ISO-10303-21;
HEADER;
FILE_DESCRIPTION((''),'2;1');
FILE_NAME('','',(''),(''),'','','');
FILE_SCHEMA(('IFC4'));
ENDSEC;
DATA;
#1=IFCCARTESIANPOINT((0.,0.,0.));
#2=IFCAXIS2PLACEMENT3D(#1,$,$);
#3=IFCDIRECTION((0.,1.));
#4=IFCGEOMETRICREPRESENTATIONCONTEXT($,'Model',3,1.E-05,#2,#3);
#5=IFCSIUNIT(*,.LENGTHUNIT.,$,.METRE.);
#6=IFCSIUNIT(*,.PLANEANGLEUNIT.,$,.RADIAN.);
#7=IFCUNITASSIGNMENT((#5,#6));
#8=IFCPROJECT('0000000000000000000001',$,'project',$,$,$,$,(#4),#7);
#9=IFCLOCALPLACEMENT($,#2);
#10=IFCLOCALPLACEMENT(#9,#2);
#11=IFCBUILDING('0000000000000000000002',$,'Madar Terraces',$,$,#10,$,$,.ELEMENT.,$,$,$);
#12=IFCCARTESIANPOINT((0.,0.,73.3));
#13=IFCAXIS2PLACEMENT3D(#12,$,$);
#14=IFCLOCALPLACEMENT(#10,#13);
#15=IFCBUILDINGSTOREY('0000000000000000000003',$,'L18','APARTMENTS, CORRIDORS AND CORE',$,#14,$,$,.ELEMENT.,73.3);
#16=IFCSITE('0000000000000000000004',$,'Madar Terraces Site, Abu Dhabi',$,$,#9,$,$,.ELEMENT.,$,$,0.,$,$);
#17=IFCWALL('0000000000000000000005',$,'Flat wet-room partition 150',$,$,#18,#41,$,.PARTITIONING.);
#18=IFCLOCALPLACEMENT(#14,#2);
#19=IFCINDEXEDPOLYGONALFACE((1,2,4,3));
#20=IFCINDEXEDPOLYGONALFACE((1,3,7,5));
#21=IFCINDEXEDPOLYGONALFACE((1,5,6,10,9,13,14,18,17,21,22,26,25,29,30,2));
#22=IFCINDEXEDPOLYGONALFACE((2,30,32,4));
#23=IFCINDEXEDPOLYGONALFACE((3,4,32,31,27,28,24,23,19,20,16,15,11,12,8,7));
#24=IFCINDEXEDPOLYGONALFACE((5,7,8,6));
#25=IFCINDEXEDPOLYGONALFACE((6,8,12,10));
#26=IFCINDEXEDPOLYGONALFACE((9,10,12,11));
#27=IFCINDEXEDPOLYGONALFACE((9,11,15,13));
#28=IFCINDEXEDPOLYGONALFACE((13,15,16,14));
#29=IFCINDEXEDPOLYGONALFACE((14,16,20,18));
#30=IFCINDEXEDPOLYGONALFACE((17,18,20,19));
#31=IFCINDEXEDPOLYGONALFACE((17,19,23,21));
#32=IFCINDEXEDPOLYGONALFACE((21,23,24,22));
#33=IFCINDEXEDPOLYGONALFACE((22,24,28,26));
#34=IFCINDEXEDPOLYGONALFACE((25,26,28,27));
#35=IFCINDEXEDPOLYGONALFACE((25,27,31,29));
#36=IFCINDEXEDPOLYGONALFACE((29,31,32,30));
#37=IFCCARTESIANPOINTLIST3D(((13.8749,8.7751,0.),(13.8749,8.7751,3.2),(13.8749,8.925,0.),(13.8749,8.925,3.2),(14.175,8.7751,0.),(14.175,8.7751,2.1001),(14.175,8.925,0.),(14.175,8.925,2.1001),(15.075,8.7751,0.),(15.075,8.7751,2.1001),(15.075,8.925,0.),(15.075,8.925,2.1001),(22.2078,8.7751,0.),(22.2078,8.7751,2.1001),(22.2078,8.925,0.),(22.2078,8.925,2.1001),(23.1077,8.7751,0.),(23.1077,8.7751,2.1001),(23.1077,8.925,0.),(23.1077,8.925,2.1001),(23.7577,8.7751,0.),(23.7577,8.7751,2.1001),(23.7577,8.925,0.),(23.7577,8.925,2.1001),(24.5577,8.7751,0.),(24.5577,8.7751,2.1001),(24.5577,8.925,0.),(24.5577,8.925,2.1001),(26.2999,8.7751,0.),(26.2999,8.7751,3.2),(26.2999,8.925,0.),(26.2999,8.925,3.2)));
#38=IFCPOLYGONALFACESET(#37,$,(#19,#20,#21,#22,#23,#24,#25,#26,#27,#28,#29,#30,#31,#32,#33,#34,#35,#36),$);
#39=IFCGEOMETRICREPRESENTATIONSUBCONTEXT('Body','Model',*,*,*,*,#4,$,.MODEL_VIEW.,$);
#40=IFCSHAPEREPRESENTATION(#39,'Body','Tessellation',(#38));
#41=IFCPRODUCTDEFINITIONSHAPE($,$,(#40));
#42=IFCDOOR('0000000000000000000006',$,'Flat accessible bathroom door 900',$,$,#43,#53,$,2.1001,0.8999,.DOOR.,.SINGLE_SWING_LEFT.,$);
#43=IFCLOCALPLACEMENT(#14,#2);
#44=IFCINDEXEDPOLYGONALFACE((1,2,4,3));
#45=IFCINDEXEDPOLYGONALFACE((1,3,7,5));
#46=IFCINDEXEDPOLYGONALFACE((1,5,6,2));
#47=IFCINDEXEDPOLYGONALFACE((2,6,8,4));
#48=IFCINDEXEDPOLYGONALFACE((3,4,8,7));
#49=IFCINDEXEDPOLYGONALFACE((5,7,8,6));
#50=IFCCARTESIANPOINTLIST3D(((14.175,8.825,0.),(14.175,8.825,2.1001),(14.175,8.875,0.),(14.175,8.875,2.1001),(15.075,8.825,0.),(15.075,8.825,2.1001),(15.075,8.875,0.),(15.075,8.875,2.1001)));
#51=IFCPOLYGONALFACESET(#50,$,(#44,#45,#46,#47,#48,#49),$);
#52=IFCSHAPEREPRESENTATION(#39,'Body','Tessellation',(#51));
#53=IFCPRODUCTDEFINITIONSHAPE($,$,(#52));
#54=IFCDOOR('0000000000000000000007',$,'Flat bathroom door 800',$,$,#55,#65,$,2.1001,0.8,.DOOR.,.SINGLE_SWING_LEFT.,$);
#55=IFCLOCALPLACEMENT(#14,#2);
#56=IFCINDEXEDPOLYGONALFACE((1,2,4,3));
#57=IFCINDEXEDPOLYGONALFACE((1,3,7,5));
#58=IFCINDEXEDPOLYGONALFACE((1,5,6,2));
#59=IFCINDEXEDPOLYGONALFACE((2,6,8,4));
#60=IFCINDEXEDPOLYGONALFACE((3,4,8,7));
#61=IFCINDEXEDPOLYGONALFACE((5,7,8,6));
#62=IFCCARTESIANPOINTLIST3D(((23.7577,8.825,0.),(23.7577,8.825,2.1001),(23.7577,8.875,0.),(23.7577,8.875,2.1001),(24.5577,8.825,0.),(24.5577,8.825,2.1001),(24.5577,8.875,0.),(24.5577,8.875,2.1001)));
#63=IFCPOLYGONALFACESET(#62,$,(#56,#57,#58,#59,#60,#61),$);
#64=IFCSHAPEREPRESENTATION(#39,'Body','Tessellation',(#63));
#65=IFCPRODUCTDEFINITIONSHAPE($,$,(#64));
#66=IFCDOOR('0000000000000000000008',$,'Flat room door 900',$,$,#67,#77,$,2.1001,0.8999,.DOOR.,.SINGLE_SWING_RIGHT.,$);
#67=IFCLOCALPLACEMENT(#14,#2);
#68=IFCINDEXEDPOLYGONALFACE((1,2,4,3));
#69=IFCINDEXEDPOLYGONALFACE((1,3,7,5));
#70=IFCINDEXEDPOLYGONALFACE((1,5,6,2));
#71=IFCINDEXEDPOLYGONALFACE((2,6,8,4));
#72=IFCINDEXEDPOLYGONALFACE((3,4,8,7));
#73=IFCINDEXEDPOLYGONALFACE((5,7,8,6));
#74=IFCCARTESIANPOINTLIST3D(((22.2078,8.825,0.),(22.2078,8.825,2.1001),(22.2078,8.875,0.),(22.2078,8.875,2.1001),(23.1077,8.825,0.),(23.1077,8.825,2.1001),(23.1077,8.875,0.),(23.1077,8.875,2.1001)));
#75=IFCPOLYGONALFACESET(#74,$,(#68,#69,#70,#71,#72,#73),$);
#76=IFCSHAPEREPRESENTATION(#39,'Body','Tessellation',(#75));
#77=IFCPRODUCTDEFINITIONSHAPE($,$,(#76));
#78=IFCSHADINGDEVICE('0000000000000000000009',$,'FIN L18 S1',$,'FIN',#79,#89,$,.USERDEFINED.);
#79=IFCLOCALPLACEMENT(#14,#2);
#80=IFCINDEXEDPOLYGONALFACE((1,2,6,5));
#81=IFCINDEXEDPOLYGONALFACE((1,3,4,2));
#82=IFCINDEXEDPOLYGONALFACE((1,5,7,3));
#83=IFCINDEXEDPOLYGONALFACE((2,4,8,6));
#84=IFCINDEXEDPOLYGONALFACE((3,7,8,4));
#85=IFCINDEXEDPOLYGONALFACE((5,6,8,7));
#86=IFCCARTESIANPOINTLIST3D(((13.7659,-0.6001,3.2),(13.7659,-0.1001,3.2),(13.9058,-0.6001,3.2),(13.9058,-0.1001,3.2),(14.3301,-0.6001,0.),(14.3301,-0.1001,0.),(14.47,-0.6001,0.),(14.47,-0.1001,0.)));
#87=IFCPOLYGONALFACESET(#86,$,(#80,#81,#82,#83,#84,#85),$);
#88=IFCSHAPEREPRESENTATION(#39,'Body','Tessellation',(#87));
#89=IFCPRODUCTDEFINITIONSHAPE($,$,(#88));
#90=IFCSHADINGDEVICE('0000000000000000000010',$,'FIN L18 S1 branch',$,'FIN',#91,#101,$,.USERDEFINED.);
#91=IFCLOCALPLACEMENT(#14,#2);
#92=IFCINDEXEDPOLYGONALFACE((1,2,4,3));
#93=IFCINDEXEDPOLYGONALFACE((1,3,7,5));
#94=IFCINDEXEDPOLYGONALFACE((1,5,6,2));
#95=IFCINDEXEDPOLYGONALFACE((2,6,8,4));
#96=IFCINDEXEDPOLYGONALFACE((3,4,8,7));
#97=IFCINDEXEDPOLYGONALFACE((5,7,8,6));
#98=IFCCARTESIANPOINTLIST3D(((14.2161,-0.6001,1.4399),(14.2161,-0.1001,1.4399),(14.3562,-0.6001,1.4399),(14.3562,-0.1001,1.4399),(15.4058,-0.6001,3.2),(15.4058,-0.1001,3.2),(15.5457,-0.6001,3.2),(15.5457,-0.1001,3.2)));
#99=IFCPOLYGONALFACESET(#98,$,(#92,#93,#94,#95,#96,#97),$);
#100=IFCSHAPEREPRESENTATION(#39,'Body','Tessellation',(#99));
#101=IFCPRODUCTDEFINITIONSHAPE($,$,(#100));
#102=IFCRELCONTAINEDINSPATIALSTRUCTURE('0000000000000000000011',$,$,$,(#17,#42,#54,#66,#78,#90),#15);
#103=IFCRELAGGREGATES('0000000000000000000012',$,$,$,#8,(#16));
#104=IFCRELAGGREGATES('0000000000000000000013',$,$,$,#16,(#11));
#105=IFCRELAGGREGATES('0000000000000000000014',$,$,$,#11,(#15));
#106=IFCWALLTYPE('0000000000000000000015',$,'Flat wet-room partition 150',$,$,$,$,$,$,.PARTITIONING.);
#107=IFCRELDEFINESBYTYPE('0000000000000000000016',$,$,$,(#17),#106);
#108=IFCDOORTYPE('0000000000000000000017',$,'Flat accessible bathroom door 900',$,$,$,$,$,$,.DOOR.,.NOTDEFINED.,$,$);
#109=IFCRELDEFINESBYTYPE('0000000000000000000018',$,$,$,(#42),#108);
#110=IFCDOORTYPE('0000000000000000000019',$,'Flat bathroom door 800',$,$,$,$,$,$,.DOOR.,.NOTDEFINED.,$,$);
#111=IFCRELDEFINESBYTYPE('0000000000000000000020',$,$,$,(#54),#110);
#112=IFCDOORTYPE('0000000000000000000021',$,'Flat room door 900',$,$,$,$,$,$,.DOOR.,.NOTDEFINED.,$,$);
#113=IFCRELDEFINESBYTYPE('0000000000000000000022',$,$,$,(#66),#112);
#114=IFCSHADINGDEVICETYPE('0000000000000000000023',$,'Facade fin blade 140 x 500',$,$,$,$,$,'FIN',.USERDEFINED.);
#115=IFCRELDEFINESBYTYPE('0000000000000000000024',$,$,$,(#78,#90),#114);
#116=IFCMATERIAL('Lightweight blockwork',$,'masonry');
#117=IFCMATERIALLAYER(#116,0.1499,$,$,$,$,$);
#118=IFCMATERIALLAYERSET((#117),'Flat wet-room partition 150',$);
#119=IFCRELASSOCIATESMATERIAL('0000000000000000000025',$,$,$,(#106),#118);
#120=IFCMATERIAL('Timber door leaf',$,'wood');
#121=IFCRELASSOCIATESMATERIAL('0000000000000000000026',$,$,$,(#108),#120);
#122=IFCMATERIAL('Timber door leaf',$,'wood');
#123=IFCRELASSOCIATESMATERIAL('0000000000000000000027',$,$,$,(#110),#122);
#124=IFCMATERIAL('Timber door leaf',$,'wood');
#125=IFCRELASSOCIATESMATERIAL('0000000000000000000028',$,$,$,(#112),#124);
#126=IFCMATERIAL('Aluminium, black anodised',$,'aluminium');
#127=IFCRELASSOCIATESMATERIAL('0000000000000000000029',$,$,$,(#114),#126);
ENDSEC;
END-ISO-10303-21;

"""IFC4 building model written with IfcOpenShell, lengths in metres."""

from ifc_helpers import new_model, si_unit, direction, frame, frame_2d, origin, place, context, subcontext, project, spatial, polyline, rectangle, outline, extrude, material, layer, layer_set, type_object, element, fill, save


model = new_model("IFC4")

# Units and contexts
model_context = context("Model", 3, precision=1e-05, world=origin(), true_north=direction((0.0, 1.0)))
body_context = subcontext(model_context, "Body", "Model", "MODEL_VIEW")
ifc_project = project(units=[si_unit("LENGTHUNIT", "METRE"), si_unit("PLANEANGLEUNIT", "RADIAN")], contexts=[model_context])

# Site, building, storey
site_placement = place(None, origin())
site = spatial("IfcSite", under=ifc_project, at=site_placement, Name="Madar Terraces Site, Abu Dhabi", CompositionType="ELEMENT", RefElevation=0.0)
building_placement = place(site_placement, origin())
building = spatial("IfcBuilding", under=site, at=building_placement, Name="Madar Terraces", CompositionType="ELEMENT")
storey_placement = place(building_placement, frame((0.0, 0.0, 73.3)))
storey = spatial("IfcBuildingStorey", under=building, at=storey_placement, Name="L18", Description="APARTMENTS, CORRIDORS AND CORE", CompositionType="ELEMENT", Elevation=73.3)

# Shared definitions
ifc_material_1 = material(Name="Lightweight blockwork", Category="masonry")
ifc_layer_1 = layer(ifc_material_1, 0.1499)
ifc_layer_set_1 = layer_set([ifc_layer_1], Name="Flat wet-room partition 150")
wall_type_1 = type_object("IfcWallType", Name="Flat wet-room partition 150", PredefinedType="PARTITIONING", material=ifc_layer_set_1)

# Wall, openings, doors
wall_1_placement = place(storey_placement, frame((13.875, 8.8501, 0.0), z_axis=(0.0, 0.0, 1.0), x_axis=(1.0, 0.0, 0.0)))
wall_1 = element("IfcWall", 1, at=wall_1_placement, inside=storey, type_object=wall_type_1, Name="Flat wet-room partition 150", PredefinedType="PARTITIONING", context=body_context, shape_type="SweptSolid", body=[
    extrude(rectangle(XDim=12.425, YDim=0.1499, at=frame_2d((6.2124, 0.0))), origin(), (0.0, 0.0, 1.0), 3.2),
])
opening_1_placement = place(wall_1_placement, frame((0.3, 0.0, 0.0)))
opening_1 = element("IfcOpeningElement", 2, at=opening_1_placement, cuts=wall_1, PredefinedType="OPENING", context=body_context, shape_type="SweptSolid", body=[
    extrude(rectangle(XDim=0.8999, YDim=2.1001, at=frame_2d((0.45, 1.05))), frame((0.0, 0.085, 0.0), z_axis=(0.0, -1.0, 0.0), x_axis=(1.0, 0.0, 0.0)), (0.0, 0.0, 1.0), 0.1699),
])
opening_2_placement = place(wall_1_placement, frame((8.3328, 0.0, 0.0)))
opening_2 = element("IfcOpeningElement", 3, at=opening_2_placement, cuts=wall_1, PredefinedType="OPENING", context=body_context, shape_type="SweptSolid", body=[
    extrude(rectangle(XDim=0.8999, YDim=2.1001, at=frame_2d((0.45, 1.05))), frame((0.0, 0.085, 0.0), z_axis=(0.0, -1.0, 0.0), x_axis=(1.0, 0.0, 0.0)), (0.0, 0.0, 1.0), 0.1699),
])
opening_3_placement = place(wall_1_placement, frame((9.8828, 0.0, 0.0)))
opening_3 = element("IfcOpeningElement", 4, at=opening_3_placement, cuts=wall_1, PredefinedType="OPENING", context=body_context, shape_type="SweptSolid", body=[
    extrude(rectangle(XDim=0.8, YDim=2.1001, at=frame_2d((0.3999, 1.05))), frame((0.0, 0.085, 0.0), z_axis=(0.0, -1.0, 0.0), x_axis=(1.0, 0.0, 0.0)), (0.0, 0.0, 1.0), 0.1699),
])
ifc_material_2 = material(Name="Timber door leaf", Category="wood")
door_type_1 = type_object("IfcDoorType", Name="Flat accessible bathroom door 900", OperationType="NOTDEFINED", PredefinedType="DOOR", material=ifc_material_2)
door_1_placement = place(opening_1_placement, origin())
door_1 = element("IfcDoor", 5, at=door_1_placement, inside=storey, type_object=door_type_1, Name="Flat accessible bathroom door 900", OperationType="SINGLE_SWING_LEFT", OverallHeight=2.1001, OverallWidth=0.8999, PredefinedType="DOOR", context=body_context, shape_type="SweptSolid", body=[
    extrude(rectangle(XDim=0.8999, YDim=2.1001, at=frame_2d((0.45, 1.05))), frame((0.0, 0.0249, 0.0), z_axis=(0.0, -1.0, 0.0), x_axis=(1.0, 0.0, 0.0)), (0.0, 0.0, 1.0), 0.05),
])
fill(opening_1, door_1)
ifc_material_3 = material(Name="Timber door leaf", Category="wood")
door_type_2 = type_object("IfcDoorType", Name="Flat bathroom door 800", OperationType="NOTDEFINED", PredefinedType="DOOR", material=ifc_material_3)
door_2_placement = place(opening_3_placement, origin())
door_2 = element("IfcDoor", 6, at=door_2_placement, inside=storey, type_object=door_type_2, Name="Flat bathroom door 800", OperationType="SINGLE_SWING_LEFT", OverallHeight=2.1001, OverallWidth=0.8, PredefinedType="DOOR", context=body_context, shape_type="SweptSolid", body=[
    extrude(rectangle(XDim=0.8, YDim=2.1001, at=frame_2d((0.3999, 1.05))), frame((0.0, 0.0249, 0.0), z_axis=(0.0, -1.0, 0.0), x_axis=(1.0, 0.0, 0.0)), (0.0, 0.0, 1.0), 0.05),
])
fill(opening_3, door_2)
ifc_material_4 = material(Name="Timber door leaf", Category="wood")
door_type_3 = type_object("IfcDoorType", Name="Flat room door 900", OperationType="NOTDEFINED", PredefinedType="DOOR", material=ifc_material_4)
door_3_placement = place(opening_2_placement, origin())
door_3 = element("IfcDoor", 7, at=door_3_placement, inside=storey, type_object=door_type_3, Name="Flat room door 900", OperationType="SINGLE_SWING_RIGHT", OverallHeight=2.1001, OverallWidth=0.8999, PredefinedType="DOOR", context=body_context, shape_type="SweptSolid", body=[
    extrude(rectangle(XDim=0.8999, YDim=2.1001, at=frame_2d((0.45, 1.05))), frame((0.0, 0.0249, 0.0), z_axis=(0.0, -1.0, 0.0), x_axis=(1.0, 0.0, 0.0)), (0.0, 0.0, 1.0), 0.05),
])
fill(opening_2, door_3)

# Shading devices
ifc_material_5 = material(Name="Aluminium, black anodised", Category="aluminium")
shading_device_type = type_object("IfcShadingDeviceType", Name="Facade fin blade 140 x 500", ElementType="FIN", PredefinedType="USERDEFINED", material=ifc_material_5)
shading_device_1_placement = place(storey_placement, frame((14.3301, -0.3501, 0.0), z_axis=(0.0, 0.0, 1.0), x_axis=(1.0, 0.0, 0.0)))
element("IfcShadingDevice", 8, at=shading_device_1_placement, inside=storey, type_object=shading_device_type, Name="FIN L18 S1", ObjectType="FIN", PredefinedType="USERDEFINED", context=body_context, shape_type="SweptSolid", body=[
    extrude(outline(polyline([(0.0, 0.0), (0.1399, 0.0), (-0.4243, 3.2), (-0.5642, 3.2), (0.0, 0.0)])), frame((0.0, 0.25, 0.0), z_axis=(0.0, -1.0, 0.0), x_axis=(1.0, 0.0, 0.0)), (0.0, 0.0, 1.0), 0.5),
])
shading_device_2_placement = place(storey_placement, frame((14.2161, -0.3501, 1.4399), z_axis=(0.0, 0.0, 1.0), x_axis=(1.0, 0.0, 0.0)))
element("IfcShadingDevice", 9, at=shading_device_2_placement, inside=storey, type_object=shading_device_type, Name="FIN L18 S1 branch", ObjectType="FIN", PredefinedType="USERDEFINED", context=body_context, shape_type="SweptSolid", body=[
    extrude(outline(polyline([(0.0, 0.0), (0.1401, 0.0), (1.3296, 1.76), (1.1897, 1.76), (0.0, 0.0)])), frame((0.0, 0.25, 0.0), z_axis=(0.0, -1.0, 0.0), x_axis=(1.0, 0.0, 0.0)), (0.0, 0.0, 1.0), 0.5),
])

save(model, "model.ifc")
